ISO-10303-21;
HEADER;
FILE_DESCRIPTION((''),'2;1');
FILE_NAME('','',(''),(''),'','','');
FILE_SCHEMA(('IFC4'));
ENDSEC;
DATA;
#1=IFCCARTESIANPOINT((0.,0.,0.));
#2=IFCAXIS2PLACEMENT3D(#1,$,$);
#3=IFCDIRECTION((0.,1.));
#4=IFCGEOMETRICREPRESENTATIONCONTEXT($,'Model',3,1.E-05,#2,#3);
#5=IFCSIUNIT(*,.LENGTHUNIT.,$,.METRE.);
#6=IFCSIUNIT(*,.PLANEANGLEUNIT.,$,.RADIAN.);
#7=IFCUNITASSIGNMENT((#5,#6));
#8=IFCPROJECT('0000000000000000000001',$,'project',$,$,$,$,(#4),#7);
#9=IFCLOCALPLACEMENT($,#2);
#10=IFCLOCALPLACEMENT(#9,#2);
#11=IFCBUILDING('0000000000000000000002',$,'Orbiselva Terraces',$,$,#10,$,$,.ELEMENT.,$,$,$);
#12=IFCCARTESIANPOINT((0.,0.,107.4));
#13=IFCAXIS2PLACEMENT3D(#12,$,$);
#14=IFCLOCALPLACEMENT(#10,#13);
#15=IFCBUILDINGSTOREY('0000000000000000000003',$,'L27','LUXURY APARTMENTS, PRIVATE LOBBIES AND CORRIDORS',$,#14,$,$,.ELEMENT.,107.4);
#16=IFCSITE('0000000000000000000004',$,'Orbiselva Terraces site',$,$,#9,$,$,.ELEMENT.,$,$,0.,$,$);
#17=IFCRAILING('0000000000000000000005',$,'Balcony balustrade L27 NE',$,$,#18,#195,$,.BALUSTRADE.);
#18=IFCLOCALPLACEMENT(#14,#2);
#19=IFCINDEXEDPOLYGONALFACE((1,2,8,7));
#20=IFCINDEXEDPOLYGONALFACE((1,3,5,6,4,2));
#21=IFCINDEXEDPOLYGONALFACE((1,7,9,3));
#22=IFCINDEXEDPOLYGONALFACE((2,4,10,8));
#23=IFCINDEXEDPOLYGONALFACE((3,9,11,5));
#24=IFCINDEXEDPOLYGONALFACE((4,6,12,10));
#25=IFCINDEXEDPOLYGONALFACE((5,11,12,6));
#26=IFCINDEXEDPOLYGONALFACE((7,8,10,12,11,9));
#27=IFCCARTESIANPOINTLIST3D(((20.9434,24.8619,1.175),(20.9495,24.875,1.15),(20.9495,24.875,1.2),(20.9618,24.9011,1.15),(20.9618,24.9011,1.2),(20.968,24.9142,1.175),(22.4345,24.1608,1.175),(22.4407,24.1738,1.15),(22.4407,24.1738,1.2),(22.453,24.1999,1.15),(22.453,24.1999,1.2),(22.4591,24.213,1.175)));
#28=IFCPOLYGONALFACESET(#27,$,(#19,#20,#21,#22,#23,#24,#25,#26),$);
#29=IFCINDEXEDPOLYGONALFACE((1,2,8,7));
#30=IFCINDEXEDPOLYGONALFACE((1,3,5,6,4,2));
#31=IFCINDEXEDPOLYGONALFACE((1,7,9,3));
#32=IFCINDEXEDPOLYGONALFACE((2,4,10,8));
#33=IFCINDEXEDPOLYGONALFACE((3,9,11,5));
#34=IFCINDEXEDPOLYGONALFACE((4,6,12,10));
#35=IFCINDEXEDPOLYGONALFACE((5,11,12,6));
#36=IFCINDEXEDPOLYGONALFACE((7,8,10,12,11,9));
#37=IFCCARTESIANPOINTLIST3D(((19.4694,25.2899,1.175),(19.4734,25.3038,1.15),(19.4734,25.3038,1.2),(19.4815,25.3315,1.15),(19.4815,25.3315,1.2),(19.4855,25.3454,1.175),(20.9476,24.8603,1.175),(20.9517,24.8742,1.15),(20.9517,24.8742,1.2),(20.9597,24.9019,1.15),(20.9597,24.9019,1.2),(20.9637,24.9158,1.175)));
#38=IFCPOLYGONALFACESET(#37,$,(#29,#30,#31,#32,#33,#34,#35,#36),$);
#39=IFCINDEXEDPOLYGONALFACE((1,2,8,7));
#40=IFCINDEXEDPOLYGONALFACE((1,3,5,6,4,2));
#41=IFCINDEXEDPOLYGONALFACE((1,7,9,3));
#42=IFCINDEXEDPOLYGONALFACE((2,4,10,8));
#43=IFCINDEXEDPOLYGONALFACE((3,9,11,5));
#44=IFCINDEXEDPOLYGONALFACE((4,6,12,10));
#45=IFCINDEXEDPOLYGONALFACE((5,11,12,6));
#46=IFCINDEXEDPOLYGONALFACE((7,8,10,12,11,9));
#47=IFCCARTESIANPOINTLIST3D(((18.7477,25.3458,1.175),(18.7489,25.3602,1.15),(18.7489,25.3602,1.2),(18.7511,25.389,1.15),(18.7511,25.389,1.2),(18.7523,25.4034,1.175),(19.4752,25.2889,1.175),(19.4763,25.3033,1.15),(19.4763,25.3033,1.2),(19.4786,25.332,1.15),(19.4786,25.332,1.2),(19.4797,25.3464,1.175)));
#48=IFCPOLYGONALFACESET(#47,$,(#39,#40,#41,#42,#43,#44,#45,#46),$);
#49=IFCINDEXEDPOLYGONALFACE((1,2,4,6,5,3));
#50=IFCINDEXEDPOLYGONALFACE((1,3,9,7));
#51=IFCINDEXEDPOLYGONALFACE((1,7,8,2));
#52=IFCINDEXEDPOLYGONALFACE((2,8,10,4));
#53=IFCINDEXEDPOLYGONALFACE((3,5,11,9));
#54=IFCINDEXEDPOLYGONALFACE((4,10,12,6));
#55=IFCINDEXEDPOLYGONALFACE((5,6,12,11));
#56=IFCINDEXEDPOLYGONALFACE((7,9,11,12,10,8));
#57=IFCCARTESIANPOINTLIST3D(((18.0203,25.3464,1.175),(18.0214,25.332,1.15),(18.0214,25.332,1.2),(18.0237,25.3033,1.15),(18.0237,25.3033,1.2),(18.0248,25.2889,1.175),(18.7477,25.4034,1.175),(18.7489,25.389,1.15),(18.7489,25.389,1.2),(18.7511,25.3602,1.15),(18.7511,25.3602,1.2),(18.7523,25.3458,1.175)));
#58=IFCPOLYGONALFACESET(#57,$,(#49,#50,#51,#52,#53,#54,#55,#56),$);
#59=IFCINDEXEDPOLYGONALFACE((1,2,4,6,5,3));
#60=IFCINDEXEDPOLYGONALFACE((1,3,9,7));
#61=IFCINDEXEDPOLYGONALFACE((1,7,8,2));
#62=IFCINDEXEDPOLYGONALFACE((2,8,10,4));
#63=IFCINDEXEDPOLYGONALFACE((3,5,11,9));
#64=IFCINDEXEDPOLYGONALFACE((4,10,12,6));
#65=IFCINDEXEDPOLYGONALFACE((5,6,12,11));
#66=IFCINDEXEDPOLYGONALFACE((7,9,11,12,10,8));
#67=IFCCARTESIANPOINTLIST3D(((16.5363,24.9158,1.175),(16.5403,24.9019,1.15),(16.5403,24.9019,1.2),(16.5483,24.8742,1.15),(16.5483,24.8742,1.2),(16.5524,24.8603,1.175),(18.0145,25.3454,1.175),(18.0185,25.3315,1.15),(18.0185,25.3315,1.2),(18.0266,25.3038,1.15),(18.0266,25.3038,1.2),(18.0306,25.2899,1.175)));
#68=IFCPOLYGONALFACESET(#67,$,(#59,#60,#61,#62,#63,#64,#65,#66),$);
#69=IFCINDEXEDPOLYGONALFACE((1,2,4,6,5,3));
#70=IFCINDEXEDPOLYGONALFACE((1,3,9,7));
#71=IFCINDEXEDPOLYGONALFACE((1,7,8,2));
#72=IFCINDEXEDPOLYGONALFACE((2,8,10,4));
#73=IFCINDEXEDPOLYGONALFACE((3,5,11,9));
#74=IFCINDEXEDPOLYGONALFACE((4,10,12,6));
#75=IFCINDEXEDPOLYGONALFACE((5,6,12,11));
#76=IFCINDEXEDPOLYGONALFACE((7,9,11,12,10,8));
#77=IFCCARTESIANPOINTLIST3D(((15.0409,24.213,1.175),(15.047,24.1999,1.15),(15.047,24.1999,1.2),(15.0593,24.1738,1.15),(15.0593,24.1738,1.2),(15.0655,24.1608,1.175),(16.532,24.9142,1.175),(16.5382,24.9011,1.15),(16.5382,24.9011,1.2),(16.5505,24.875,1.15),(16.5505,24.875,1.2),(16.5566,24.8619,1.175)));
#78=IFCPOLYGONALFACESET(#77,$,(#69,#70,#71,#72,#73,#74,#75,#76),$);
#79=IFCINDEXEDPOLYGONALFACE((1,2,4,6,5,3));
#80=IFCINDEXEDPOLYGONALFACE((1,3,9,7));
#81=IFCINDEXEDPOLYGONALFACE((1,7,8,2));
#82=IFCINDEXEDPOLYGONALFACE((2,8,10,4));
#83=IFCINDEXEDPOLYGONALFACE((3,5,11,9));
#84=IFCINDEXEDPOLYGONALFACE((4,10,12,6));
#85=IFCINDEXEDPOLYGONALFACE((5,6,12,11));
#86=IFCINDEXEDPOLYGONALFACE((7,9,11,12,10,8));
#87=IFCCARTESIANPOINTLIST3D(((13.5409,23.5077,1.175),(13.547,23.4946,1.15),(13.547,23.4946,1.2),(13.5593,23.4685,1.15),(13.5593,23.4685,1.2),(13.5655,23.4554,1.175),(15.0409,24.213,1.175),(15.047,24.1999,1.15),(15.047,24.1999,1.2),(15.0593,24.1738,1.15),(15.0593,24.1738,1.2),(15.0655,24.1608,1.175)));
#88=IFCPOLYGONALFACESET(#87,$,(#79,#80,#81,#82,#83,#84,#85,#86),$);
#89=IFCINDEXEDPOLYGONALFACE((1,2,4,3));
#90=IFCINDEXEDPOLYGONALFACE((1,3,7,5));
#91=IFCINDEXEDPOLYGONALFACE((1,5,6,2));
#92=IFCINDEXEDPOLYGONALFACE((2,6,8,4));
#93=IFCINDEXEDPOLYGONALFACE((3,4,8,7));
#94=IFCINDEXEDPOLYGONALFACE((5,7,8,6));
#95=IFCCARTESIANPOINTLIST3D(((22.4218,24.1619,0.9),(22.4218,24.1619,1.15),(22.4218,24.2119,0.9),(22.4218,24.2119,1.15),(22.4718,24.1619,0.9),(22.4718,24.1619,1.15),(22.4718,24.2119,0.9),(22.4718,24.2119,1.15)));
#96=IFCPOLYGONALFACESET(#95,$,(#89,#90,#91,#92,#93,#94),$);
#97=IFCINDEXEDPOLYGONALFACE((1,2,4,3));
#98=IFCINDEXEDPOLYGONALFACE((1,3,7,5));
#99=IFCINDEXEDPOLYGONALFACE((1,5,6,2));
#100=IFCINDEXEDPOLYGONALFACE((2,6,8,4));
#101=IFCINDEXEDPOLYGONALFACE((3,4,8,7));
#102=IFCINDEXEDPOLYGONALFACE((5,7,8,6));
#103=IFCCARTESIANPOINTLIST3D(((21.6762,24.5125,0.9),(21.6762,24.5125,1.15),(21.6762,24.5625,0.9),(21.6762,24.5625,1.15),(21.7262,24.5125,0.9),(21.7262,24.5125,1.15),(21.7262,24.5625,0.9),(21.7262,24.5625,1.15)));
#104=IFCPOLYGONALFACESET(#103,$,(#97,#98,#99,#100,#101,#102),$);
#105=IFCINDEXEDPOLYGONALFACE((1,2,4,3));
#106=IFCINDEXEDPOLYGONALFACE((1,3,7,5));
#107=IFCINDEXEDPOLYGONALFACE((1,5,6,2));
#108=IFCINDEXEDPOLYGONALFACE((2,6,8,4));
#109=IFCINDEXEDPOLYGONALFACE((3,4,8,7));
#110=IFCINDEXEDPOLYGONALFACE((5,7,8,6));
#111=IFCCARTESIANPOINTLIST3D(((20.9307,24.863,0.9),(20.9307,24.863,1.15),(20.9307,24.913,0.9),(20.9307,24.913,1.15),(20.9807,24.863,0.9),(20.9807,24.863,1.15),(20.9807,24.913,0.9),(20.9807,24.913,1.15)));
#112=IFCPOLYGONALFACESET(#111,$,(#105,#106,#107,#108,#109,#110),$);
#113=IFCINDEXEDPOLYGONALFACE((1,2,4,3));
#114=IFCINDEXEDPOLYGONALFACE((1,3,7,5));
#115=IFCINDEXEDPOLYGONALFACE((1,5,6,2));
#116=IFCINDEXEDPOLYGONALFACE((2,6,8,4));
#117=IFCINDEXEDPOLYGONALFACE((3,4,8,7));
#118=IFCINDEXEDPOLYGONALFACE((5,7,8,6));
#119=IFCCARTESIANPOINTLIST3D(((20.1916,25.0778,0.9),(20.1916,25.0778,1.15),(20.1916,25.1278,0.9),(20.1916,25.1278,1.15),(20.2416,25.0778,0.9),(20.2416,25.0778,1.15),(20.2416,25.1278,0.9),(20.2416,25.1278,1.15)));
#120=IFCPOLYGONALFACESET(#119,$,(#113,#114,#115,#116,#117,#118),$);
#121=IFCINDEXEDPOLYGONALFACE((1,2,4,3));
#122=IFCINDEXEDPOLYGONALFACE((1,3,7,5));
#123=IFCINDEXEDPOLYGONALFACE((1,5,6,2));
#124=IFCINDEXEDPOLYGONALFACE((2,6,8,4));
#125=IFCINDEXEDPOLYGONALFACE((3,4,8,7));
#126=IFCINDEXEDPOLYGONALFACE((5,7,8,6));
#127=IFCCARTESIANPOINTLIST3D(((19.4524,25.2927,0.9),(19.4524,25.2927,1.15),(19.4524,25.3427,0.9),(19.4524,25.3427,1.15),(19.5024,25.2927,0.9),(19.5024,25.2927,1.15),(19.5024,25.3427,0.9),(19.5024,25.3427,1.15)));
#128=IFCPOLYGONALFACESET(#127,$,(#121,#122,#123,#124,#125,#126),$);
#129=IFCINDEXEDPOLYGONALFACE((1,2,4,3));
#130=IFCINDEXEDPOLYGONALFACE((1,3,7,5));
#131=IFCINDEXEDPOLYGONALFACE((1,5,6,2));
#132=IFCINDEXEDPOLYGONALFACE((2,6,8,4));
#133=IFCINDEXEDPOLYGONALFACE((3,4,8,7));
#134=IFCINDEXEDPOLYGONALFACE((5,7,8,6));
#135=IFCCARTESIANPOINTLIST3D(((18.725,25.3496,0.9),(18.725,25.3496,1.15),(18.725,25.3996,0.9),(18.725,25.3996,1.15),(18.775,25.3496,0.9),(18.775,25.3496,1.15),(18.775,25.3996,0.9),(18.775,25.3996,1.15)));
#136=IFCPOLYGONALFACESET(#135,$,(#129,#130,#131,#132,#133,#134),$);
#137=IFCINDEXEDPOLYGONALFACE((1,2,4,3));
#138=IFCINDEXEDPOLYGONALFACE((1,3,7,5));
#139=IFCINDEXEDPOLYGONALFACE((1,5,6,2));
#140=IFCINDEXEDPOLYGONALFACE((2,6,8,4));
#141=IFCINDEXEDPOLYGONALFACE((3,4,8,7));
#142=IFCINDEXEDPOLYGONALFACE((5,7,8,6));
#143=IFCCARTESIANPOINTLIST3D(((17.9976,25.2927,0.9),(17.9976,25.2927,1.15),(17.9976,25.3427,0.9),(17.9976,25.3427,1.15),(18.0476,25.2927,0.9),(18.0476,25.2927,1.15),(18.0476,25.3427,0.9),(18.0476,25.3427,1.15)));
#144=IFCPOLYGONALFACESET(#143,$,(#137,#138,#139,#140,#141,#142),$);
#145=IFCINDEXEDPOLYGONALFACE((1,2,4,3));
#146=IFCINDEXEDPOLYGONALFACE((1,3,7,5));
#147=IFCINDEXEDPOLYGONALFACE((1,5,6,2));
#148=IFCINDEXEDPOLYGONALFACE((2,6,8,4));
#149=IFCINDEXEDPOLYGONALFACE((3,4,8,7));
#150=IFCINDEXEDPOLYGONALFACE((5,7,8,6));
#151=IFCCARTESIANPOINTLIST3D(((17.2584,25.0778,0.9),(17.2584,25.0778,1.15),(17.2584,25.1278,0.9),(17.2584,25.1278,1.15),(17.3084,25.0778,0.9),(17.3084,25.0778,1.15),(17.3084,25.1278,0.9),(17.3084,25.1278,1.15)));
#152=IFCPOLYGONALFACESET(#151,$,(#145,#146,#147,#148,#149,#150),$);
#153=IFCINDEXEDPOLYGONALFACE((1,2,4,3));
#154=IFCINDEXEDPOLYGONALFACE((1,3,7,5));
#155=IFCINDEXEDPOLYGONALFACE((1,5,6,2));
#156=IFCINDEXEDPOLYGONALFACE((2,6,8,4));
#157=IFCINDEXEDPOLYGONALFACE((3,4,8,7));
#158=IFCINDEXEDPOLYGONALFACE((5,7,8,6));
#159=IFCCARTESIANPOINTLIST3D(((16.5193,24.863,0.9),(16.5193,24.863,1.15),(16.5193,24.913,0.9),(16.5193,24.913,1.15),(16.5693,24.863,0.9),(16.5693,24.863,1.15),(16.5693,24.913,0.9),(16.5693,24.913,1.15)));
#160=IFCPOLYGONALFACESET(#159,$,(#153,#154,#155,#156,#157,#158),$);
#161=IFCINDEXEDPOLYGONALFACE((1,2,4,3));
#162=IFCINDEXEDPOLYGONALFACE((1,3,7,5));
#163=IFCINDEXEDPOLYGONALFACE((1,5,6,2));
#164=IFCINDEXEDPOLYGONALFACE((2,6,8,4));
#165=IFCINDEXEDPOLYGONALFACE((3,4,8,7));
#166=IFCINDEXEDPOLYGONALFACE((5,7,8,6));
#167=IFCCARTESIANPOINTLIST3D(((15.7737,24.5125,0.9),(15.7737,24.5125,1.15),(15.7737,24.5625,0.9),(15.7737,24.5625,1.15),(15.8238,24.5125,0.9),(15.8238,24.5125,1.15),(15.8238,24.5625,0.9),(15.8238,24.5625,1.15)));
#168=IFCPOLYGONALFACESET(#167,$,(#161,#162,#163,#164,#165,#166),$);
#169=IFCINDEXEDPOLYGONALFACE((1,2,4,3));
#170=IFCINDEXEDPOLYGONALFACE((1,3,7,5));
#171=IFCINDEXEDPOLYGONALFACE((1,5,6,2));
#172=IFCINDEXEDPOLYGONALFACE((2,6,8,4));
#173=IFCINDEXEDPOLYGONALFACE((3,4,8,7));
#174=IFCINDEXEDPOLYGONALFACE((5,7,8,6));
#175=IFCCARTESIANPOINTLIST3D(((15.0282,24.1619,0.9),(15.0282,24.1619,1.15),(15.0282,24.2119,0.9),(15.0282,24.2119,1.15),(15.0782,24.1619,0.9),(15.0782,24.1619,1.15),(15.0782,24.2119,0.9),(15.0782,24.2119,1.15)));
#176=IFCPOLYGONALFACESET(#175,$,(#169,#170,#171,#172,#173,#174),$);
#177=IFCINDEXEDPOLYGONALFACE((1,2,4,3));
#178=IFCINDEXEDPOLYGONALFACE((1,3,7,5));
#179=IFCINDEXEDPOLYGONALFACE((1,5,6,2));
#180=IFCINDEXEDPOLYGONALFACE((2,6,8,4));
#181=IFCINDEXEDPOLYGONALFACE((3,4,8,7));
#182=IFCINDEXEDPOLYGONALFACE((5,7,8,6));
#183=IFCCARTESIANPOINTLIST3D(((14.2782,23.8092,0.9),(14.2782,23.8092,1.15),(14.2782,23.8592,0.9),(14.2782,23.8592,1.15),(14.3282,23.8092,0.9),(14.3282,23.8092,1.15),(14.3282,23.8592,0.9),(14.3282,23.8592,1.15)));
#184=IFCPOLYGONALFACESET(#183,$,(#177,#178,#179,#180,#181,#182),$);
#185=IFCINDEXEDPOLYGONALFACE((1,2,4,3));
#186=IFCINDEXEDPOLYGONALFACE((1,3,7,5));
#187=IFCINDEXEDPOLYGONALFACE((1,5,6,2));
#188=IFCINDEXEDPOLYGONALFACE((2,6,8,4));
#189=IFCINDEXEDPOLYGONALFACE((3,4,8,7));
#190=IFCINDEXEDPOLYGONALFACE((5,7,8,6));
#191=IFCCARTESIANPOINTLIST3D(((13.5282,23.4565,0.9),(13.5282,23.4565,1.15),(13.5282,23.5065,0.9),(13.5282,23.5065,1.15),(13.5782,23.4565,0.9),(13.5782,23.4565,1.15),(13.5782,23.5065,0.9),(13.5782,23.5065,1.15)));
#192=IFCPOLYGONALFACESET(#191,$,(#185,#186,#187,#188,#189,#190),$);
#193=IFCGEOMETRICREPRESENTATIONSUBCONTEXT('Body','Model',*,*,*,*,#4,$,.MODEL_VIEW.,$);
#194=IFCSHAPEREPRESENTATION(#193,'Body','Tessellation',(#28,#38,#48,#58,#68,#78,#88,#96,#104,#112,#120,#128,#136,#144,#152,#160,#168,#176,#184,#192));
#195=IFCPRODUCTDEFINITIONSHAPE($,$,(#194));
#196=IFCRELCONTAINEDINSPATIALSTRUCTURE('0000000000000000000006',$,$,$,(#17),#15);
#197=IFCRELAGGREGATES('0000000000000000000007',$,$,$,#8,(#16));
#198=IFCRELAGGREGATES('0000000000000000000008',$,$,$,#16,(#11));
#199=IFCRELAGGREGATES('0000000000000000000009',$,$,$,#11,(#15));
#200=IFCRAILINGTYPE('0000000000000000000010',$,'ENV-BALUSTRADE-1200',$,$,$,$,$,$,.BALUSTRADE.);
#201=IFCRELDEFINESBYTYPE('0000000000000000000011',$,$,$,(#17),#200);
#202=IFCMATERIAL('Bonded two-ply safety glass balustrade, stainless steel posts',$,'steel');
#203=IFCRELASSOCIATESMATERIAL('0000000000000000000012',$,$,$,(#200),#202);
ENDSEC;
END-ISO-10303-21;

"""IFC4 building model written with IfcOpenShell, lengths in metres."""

from ifc_helpers import new_model, si_unit, direction, frame, origin, origin_2d, place, context, subcontext, project, spatial, polyline, rectangle, outline, extrude, material, type_object, element, save


model = new_model("IFC4")

# Units and contexts
model_context = context("Model", 3, precision=1e-05, world=origin(), true_north=direction((0.0, 1.0)))
body_context = subcontext(model_context, "Body", "Model", "MODEL_VIEW")
ifc_project = project(units=[si_unit("LENGTHUNIT", "METRE"), si_unit("PLANEANGLEUNIT", "RADIAN")], contexts=[model_context])

# Site, building, storey
site_placement = place(None, origin())
site = spatial("IfcSite", under=ifc_project, at=site_placement, Name="Orbiselva Terraces site", CompositionType="ELEMENT", RefElevation=0.0)
building_placement = place(site_placement, origin())
building = spatial("IfcBuilding", under=site, at=building_placement, Name="Orbiselva Terraces", CompositionType="ELEMENT")
storey_placement = place(building_placement, frame((0.0, 0.0, 107.4)))
storey = spatial("IfcBuildingStorey", under=building, at=storey_placement, Name="L27", Description="LUXURY APARTMENTS, PRIVATE LOBBIES AND CORRIDORS", CompositionType="ELEMENT", Elevation=107.4)

# Railing
ifc_material_1 = material(Name="Bonded two-ply safety glass balustrade, stainless steel posts", Category="steel")
railing_type_1 = type_object("IfcRailingType", Name="ENV-BALUSTRADE-1200", PredefinedType="BALUSTRADE", material=ifc_material_1)
railing_1_placement = place(storey_placement, frame((22.4468, 24.1869, 0.9)))
element("IfcRailing", 1, at=railing_1_placement, inside=storey, type_object=railing_type_1, Name="Balcony balustrade L27 NE", PredefinedType="BALUSTRADE", context=body_context, shape_type="SweptSolid", body=[
    extrude(outline(polyline([(0.0289, 0.0), (0.0144, 0.025), (-0.0144, 0.025), (-0.0289, 0.0), (-0.0144, -0.025), (0.0144, -0.025), (0.0289, 0.0)])), frame((0.0, 0.0, 0.275), z_axis=(-0.904944, 0.42553, 0.0), x_axis=(-0.42553, -0.904944, 0.0)), (0.0, 0.0, 1.0), 1.6477),
    extrude(outline(polyline([(0.0289, 0.0), (0.0144, 0.025), (-0.0144, 0.025), (-0.0289, 0.0), (-0.0144, -0.025), (0.0144, -0.025), (0.0289, 0.0)])), frame((-1.4911, 0.7012, 0.275), z_axis=(-0.96027, 0.279072, 0.0), x_axis=(-0.279072, -0.96027, 0.0)), (0.0, 0.0, 1.0), 1.5394),
    extrude(outline(polyline([(0.0289, 0.0), (0.0144, 0.025), (-0.0144, 0.025), (-0.0289, 0.0), (-0.0144, -0.025), (0.0144, -0.025), (0.0289, 0.0)])), frame((-2.9694, 1.1308, 0.275), z_axis=(-0.996948, 0.07807, 0.0), x_axis=(-0.07807, -0.996948, 0.0)), (0.0, 0.0, 1.0), 0.7297),
    extrude(outline(polyline([(0.0289, 0.0), (0.0144, 0.025), (-0.0144, 0.025), (-0.0289, 0.0), (-0.0144, -0.025), (0.0144, -0.025), (0.0289, 0.0)])), frame((-3.6968, 1.1877, 0.275), z_axis=(-0.996948, -0.07807, 0.0), x_axis=(0.07807, -0.996948, 0.0)), (0.0, 0.0, 1.0), 0.7297),
    extrude(outline(polyline([(0.0289, 0.0), (0.0144, 0.025), (-0.0144, 0.025), (-0.0289, 0.0), (-0.0144, -0.025), (0.0144, -0.025), (0.0289, 0.0)])), frame((-4.4243, 1.1308, 0.275), z_axis=(-0.96027, -0.279072, 0.0), x_axis=(0.279072, -0.96027, 0.0)), (0.0, 0.0, 1.0), 1.5394),
    extrude(outline(polyline([(0.0289, 0.0), (0.0144, 0.025), (-0.0144, 0.025), (-0.0289, 0.0), (-0.0144, -0.025), (0.0144, -0.025), (0.0289, 0.0)])), frame((-5.9025, 0.7012, 0.275), z_axis=(-0.904944, -0.42553, 0.0), x_axis=(0.42553, -0.904944, 0.0)), (0.0, 0.0, 1.0), 1.6477),
    extrude(outline(polyline([(0.0289, 0.0), (0.0144, 0.025), (-0.0144, 0.025), (-0.0289, 0.0), (-0.0144, -0.025), (0.0144, -0.025), (0.0289, 0.0)])), frame((-7.3936, 0.0, 0.275), z_axis=(-0.904944, -0.42553, 0.0), x_axis=(0.42553, -0.904944, 0.0)), (0.0, 0.0, 1.0), 1.6576),
    extrude(rectangle(XDim=0.05, YDim=0.05, at=origin_2d()), origin(), (0.0, 0.0, 1.0), 0.25),
    extrude(rectangle(XDim=0.05, YDim=0.05, at=origin_2d()), frame((-0.7456, 0.3506, 0.0)), (0.0, 0.0, 1.0), 0.25),
    extrude(rectangle(XDim=0.05, YDim=0.05, at=origin_2d()), frame((-1.4911, 0.7012, 0.0)), (0.0, 0.0, 1.0), 0.25),
    extrude(rectangle(XDim=0.05, YDim=0.05, at=origin_2d()), frame((-2.2302, 0.916, 0.0)), (0.0, 0.0, 1.0), 0.25),
    extrude(rectangle(XDim=0.05, YDim=0.05, at=origin_2d()), frame((-2.9694, 1.1308, 0.0)), (0.0, 0.0, 1.0), 0.25),
    extrude(rectangle(XDim=0.05, YDim=0.05, at=origin_2d()), frame((-3.6968, 1.1877, 0.0)), (0.0, 0.0, 1.0), 0.25),
    extrude(rectangle(XDim=0.05, YDim=0.05, at=origin_2d()), frame((-4.4243, 1.1308, 0.0)), (0.0, 0.0, 1.0), 0.25),
    extrude(rectangle(XDim=0.05, YDim=0.05, at=origin_2d()), frame((-5.1634, 0.916, 0.0)), (0.0, 0.0, 1.0), 0.25),
    extrude(rectangle(XDim=0.05, YDim=0.05, at=origin_2d()), frame((-5.9025, 0.7012, 0.0)), (0.0, 0.0, 1.0), 0.25),
    extrude(rectangle(XDim=0.05, YDim=0.05, at=origin_2d()), frame((-6.6481, 0.3506, 0.0)), (0.0, 0.0, 1.0), 0.25),
    extrude(rectangle(XDim=0.05, YDim=0.05, at=origin_2d()), frame((-7.3936, 0.0, 0.0)), (0.0, 0.0, 1.0), 0.25),
    extrude(rectangle(XDim=0.05, YDim=0.05, at=origin_2d()), frame((-8.1436, -0.3527, 0.0)), (0.0, 0.0, 1.0), 0.25),
    extrude(rectangle(XDim=0.05, YDim=0.05, at=origin_2d()), frame((-8.8936, -0.7053, 0.0)), (0.0, 0.0, 1.0), 0.25),
])

save(model, "model.ifc")
